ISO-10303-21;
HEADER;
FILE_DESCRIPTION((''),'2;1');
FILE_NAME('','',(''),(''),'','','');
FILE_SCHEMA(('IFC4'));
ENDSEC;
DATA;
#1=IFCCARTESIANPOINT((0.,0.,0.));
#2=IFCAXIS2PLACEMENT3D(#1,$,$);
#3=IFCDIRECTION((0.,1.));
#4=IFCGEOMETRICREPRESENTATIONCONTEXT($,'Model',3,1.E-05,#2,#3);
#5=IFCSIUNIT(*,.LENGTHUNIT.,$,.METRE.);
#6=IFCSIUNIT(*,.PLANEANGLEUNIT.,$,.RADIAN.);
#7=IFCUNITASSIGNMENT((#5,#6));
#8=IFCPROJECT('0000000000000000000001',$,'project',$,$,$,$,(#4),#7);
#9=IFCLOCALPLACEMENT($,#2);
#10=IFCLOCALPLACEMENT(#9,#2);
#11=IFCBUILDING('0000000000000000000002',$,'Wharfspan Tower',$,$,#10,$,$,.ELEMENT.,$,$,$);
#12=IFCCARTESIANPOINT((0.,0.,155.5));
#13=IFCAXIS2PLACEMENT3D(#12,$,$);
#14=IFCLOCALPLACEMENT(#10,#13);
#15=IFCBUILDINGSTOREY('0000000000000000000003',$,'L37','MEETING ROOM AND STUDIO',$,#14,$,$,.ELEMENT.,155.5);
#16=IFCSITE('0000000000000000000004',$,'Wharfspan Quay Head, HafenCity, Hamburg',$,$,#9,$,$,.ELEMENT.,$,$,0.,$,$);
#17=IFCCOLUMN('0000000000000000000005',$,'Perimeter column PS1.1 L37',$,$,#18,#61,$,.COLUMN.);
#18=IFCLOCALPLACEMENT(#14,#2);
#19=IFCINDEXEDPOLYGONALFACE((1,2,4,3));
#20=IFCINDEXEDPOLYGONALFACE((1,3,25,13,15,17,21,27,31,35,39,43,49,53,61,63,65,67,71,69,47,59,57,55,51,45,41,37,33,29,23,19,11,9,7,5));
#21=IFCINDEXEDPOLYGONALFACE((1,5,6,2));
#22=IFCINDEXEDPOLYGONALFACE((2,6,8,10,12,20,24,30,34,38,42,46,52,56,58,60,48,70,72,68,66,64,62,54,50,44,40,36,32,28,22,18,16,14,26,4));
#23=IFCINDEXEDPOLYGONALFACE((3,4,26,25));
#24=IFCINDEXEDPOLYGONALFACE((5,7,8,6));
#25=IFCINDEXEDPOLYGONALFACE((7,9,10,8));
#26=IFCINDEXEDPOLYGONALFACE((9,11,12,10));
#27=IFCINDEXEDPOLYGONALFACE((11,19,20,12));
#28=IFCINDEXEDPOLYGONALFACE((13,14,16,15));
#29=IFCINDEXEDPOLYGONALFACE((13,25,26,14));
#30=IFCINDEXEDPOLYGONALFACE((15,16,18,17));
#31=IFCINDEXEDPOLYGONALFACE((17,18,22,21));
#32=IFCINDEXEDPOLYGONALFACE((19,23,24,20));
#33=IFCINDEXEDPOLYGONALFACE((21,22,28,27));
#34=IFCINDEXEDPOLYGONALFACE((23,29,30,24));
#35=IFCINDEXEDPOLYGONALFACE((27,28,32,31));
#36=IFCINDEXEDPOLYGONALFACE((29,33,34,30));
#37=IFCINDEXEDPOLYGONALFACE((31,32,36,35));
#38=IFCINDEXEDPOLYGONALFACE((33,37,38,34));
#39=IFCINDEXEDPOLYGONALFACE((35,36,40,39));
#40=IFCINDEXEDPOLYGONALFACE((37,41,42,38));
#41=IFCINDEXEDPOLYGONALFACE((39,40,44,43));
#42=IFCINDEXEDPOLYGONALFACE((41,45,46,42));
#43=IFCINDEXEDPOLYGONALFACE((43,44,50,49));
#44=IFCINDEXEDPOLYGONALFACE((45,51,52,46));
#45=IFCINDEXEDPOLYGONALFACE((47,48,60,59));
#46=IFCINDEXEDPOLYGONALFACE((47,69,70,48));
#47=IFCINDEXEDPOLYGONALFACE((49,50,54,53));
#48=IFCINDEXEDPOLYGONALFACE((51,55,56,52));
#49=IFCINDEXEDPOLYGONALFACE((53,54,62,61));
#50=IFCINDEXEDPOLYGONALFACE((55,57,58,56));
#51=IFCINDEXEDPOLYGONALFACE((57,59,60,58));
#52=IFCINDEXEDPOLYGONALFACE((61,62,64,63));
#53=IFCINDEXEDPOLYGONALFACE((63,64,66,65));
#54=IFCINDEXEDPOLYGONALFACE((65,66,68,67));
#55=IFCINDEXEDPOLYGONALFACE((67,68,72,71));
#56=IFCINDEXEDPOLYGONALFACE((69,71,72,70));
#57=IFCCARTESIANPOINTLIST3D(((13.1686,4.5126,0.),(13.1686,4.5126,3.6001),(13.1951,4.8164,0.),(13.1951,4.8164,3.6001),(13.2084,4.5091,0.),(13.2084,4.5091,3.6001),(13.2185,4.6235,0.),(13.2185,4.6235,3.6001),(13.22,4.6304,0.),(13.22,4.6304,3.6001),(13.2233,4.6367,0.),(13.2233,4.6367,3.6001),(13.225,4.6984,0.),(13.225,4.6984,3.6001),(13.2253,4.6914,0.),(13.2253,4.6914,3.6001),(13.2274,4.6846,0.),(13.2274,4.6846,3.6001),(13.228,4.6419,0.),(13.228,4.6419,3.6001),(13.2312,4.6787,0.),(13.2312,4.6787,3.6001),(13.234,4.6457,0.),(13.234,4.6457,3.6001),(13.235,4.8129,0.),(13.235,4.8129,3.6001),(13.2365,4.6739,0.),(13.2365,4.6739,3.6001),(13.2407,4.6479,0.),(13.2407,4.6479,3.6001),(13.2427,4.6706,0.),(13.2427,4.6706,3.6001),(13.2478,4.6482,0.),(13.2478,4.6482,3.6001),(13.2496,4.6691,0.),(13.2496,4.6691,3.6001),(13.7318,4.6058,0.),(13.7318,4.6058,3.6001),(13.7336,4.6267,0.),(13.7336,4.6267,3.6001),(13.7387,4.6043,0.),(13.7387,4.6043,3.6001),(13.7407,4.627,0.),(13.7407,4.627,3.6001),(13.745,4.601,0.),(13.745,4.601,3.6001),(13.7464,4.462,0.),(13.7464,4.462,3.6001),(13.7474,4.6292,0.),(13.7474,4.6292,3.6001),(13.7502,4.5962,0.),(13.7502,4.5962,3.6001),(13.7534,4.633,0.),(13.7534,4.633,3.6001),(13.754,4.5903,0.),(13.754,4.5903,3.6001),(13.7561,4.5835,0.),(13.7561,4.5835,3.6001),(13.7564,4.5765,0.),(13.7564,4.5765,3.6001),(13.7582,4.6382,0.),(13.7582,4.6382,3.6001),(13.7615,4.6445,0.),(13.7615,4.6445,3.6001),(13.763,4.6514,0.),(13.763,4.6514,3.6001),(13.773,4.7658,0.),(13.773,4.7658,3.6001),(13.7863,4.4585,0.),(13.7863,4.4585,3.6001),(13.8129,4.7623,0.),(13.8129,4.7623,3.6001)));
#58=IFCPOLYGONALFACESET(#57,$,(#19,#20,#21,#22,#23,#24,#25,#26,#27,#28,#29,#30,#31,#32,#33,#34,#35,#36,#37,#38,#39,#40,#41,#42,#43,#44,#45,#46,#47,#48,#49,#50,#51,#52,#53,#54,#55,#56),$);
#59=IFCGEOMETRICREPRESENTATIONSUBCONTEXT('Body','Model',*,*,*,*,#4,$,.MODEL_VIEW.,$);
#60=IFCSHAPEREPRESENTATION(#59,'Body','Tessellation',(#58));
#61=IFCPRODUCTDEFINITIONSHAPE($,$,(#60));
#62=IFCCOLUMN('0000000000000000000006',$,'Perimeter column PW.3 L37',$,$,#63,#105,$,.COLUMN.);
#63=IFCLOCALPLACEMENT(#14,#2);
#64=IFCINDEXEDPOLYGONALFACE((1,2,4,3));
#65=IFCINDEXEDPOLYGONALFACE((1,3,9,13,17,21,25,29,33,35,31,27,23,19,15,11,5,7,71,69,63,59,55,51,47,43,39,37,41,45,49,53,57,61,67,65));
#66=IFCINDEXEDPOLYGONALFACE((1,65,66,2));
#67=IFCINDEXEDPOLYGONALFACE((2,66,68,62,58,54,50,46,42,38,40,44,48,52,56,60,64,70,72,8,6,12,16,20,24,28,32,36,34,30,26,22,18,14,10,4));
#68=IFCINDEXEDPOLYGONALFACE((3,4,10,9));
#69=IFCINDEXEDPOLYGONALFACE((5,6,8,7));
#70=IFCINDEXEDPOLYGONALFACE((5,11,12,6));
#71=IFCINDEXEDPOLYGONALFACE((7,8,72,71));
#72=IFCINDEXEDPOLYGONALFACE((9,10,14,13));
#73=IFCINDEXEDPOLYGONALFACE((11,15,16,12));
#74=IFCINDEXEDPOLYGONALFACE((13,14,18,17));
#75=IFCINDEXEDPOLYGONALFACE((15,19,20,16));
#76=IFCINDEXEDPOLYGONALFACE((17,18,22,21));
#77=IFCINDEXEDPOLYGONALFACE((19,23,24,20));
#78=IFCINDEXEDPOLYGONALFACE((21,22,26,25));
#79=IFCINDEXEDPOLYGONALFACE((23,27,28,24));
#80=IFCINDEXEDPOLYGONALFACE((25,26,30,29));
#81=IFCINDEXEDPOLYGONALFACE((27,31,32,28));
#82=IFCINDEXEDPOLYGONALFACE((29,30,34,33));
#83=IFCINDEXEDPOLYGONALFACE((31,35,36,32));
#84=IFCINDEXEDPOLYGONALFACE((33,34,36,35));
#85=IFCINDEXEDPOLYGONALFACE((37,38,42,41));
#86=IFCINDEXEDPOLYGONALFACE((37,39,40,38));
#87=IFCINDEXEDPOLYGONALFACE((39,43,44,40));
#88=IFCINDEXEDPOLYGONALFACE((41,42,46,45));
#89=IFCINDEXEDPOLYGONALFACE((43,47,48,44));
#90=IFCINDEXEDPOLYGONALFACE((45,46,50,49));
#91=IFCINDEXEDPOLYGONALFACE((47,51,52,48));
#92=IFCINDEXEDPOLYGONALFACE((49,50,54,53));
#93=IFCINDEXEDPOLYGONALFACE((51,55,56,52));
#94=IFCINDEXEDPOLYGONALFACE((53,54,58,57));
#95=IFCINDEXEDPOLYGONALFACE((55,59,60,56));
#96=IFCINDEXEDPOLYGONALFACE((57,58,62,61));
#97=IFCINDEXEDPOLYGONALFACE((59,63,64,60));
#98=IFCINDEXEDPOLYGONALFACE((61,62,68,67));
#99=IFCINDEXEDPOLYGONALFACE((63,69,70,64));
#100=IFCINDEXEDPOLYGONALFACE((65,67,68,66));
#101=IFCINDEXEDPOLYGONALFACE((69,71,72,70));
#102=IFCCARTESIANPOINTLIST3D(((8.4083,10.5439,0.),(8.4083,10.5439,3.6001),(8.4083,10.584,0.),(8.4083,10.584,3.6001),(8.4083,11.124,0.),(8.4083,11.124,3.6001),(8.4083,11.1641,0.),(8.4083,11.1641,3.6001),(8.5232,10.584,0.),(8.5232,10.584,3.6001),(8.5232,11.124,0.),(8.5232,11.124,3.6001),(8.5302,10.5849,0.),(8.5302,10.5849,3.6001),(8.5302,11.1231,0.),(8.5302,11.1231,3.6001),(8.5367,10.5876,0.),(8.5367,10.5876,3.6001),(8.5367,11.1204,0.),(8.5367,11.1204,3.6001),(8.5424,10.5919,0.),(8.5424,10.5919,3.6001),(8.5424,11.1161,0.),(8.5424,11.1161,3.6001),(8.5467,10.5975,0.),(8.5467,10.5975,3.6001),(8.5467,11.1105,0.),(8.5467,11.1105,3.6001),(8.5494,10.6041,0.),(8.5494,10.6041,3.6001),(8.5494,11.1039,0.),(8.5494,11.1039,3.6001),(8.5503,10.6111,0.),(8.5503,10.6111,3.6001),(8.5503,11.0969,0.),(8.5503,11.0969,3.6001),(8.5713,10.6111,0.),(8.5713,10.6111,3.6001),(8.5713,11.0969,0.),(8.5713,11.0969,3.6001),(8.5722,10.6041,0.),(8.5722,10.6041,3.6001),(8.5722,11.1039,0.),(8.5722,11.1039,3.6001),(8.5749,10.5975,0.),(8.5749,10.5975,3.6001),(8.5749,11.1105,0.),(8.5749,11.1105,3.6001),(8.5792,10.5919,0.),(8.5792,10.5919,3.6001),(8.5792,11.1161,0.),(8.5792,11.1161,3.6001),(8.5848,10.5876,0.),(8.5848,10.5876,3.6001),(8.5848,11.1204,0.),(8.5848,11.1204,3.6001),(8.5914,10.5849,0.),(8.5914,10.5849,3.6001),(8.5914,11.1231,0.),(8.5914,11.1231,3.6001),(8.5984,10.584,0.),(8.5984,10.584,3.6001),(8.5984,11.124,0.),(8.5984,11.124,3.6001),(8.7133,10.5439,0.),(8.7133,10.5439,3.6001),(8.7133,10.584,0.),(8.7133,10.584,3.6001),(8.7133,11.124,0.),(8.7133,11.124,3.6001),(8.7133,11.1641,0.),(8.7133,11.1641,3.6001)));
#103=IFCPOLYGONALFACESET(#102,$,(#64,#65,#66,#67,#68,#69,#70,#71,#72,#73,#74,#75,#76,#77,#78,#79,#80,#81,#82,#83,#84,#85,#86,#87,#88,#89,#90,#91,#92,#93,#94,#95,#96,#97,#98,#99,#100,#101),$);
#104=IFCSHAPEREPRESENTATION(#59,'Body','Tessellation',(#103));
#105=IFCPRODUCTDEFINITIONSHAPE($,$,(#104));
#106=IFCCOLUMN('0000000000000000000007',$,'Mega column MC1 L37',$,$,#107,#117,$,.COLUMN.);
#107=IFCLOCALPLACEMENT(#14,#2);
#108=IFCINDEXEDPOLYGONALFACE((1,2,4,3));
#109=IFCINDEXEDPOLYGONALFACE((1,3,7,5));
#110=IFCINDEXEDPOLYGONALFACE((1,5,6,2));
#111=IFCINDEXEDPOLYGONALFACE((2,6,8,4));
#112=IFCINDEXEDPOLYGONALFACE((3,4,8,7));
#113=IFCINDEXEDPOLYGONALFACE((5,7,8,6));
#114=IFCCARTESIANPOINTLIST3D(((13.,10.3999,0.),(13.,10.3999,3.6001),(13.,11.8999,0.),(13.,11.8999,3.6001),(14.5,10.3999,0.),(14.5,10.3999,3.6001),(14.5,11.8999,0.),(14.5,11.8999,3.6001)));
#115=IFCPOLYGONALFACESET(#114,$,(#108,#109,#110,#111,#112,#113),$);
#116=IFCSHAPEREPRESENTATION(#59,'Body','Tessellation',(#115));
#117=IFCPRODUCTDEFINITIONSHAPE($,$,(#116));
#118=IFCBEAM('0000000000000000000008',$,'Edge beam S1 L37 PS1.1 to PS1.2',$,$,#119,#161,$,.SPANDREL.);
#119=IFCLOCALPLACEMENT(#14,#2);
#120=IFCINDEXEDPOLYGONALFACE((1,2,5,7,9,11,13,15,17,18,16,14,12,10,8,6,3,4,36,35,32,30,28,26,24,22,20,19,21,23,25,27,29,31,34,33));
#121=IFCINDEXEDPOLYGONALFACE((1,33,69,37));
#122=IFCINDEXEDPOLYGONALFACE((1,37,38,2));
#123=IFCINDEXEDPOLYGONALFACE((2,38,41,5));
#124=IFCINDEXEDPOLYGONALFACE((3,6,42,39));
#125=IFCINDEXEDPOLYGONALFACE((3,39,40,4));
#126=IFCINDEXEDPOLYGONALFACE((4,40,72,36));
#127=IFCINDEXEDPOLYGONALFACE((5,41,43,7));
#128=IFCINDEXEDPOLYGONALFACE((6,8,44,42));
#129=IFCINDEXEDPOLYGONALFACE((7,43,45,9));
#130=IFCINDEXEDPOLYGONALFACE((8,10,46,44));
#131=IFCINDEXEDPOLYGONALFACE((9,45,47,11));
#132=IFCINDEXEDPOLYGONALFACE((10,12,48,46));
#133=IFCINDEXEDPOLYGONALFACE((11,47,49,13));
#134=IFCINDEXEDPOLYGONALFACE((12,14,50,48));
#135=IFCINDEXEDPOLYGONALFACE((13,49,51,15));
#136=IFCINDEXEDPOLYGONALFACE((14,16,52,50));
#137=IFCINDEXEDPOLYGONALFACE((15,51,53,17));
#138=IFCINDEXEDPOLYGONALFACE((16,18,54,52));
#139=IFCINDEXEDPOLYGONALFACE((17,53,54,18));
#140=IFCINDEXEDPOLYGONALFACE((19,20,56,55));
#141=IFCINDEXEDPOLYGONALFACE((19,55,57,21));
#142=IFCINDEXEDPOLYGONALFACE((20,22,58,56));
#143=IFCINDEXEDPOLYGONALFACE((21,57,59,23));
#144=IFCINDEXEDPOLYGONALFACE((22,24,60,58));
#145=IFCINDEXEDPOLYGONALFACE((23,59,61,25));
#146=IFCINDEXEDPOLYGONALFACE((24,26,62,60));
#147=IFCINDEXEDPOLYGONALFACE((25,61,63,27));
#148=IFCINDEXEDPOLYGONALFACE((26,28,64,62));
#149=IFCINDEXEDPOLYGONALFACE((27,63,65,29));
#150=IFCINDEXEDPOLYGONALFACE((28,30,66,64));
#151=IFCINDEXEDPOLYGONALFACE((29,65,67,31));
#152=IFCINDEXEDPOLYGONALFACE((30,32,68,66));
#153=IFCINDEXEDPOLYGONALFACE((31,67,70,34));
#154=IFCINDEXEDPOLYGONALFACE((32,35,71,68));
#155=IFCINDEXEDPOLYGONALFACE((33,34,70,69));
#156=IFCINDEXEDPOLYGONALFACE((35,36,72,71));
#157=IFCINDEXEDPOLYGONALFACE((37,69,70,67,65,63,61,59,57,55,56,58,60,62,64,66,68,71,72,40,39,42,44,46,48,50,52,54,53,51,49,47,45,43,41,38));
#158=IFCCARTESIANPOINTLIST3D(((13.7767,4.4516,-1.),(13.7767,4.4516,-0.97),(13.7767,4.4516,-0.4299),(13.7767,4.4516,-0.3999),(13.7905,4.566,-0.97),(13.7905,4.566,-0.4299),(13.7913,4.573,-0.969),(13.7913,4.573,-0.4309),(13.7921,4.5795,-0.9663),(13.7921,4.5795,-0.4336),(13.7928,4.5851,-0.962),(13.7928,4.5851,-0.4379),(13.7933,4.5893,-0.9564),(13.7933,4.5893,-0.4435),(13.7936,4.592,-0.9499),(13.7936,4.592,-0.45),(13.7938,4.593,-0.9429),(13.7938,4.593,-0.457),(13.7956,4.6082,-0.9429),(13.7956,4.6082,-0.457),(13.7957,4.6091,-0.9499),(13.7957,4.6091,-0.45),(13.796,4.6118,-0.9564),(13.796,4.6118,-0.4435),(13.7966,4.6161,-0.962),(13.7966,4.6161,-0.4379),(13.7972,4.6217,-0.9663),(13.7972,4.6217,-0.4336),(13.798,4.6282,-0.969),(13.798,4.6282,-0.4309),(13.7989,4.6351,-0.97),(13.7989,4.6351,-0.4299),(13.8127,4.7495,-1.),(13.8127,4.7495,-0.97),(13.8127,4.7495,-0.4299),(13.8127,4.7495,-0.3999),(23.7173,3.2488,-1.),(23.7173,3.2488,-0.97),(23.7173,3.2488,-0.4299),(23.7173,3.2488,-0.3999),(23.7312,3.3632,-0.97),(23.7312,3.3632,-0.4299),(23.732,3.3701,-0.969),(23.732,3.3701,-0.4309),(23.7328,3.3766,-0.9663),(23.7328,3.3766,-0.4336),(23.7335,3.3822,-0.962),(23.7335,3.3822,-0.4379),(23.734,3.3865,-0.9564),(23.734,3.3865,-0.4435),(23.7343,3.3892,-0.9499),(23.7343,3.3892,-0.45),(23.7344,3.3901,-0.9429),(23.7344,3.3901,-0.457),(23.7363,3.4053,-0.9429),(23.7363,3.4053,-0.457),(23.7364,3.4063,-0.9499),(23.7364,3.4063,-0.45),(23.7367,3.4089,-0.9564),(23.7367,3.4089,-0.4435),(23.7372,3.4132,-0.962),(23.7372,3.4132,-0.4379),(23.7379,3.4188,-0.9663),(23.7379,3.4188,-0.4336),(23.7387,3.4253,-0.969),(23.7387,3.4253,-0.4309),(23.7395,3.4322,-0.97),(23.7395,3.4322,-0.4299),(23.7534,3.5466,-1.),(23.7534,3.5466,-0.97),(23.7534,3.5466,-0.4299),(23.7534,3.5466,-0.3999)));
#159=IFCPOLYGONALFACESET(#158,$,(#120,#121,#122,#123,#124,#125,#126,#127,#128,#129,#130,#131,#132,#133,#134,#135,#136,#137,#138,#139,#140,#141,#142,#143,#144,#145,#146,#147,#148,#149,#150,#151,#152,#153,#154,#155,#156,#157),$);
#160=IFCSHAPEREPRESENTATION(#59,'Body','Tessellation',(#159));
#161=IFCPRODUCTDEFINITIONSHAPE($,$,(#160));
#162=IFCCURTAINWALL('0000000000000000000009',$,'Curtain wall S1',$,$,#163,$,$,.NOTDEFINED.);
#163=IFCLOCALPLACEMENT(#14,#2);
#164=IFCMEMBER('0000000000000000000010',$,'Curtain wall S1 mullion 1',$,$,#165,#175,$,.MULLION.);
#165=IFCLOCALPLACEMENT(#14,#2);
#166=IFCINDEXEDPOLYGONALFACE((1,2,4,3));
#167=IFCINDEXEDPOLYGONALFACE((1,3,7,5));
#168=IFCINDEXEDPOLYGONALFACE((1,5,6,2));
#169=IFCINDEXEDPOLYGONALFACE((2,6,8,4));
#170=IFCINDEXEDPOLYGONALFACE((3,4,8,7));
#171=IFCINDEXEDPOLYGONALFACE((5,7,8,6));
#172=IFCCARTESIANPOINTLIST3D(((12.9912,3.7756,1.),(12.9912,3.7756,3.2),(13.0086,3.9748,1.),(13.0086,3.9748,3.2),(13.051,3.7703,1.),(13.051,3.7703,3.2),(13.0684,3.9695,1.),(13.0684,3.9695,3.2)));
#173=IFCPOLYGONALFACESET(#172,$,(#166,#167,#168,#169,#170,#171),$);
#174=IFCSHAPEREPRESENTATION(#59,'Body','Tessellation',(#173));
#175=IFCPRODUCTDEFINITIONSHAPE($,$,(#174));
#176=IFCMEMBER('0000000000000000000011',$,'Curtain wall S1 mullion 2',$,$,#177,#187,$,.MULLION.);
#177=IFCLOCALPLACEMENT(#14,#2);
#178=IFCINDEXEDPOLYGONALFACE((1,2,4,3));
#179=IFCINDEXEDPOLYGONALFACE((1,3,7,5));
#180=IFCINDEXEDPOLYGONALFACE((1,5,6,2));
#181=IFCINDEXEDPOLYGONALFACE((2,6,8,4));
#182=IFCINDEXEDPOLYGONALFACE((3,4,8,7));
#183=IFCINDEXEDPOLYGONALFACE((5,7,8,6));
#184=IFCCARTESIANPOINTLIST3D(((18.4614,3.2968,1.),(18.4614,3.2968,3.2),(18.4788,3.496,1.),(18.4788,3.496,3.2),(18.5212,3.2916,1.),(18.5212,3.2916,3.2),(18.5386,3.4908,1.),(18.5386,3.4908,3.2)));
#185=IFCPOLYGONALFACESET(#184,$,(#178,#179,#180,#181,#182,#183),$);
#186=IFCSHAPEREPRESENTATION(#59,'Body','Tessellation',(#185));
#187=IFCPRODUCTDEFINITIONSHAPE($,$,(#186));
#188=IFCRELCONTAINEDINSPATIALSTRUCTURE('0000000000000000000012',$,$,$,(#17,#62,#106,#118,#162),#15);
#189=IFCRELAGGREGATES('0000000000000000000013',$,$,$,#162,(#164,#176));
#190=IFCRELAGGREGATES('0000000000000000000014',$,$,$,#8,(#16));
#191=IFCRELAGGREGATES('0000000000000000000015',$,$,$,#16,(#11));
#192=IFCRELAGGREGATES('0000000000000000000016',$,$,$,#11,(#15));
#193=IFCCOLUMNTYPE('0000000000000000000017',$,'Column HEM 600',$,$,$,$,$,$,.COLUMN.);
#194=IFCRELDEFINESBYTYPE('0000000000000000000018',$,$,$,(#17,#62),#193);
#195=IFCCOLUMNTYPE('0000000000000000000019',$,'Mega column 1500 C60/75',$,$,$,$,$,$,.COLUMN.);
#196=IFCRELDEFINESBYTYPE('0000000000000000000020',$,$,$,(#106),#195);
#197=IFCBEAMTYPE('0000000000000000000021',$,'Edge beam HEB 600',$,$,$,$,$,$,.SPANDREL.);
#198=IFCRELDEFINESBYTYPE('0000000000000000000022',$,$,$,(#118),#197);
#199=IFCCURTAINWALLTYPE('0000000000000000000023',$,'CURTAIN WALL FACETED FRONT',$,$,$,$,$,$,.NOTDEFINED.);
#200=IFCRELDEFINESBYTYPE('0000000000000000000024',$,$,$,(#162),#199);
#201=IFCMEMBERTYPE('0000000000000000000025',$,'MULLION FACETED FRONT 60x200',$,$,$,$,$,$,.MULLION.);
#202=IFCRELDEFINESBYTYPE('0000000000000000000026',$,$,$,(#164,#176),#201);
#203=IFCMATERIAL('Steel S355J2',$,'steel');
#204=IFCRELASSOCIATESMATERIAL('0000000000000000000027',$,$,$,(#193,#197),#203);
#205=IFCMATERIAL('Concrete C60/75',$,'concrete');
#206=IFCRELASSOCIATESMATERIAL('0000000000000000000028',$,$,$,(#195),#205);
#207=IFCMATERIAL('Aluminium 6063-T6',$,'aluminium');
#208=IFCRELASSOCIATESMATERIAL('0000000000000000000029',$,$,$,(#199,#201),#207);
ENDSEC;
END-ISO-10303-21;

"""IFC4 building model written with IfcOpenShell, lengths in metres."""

from ifc_helpers import new_model, si_unit, direction, frame, origin, origin_2d, place, context, subcontext, project, spatial, rectangle, i_section, extrude, material, material_profile, profile_set, type_object, element, aggregate, save


model = new_model("IFC4")

# Units and contexts
model_context = context("Model", 3, precision=1e-05, world=origin(), true_north=direction((0.0, 1.0)))
body_context = subcontext(model_context, "Body", "Model", "MODEL_VIEW")
ifc_project = project(units=[si_unit("LENGTHUNIT", "METRE"), si_unit("PLANEANGLEUNIT", "RADIAN")], contexts=[model_context])

# Site, building, storey
site_placement = place(None, origin())
site = spatial("IfcSite", under=ifc_project, at=site_placement, Name="Wharfspan Quay Head, HafenCity, Hamburg", CompositionType="ELEMENT", RefElevation=0.0)
building_placement = place(site_placement, origin())
building = spatial("IfcBuilding", under=site, at=building_placement, Name="Wharfspan Tower", CompositionType="ELEMENT")
storey_placement = place(building_placement, frame((0.0, 0.0, 155.5)))
storey = spatial("IfcBuildingStorey", under=building, at=storey_placement, Name="L37", Description="MEETING ROOM AND STUDIO", CompositionType="ELEMENT", Elevation=155.5)

# Columns
ifc_material_1 = material(Name="Steel S355J2", Category="steel")
ifc_material_profile_1 = material_profile(ifc_material_1, i_section(OverallWidth=0.3049, OverallDepth=0.6201, WebThickness=0.021, FlangeThickness=0.04, FilletRadius=0.0271, at=origin_2d()))
ifc_profile_set_1 = profile_set([ifc_material_profile_1], Name="Steel S355J2")
column_type_1 = type_object("IfcColumnType", Name="Column HEM 600", PredefinedType="COLUMN", material=ifc_profile_set_1)
for number, where, z_axis, x_axis, name in (
    (1, (13.4907, 4.6375, 0.0), (0.0, 0.0, 1.0), (-0.087156, -0.996198, 0.0), "Perimeter column PS1.1 L37"),
    (2, (8.5608, 10.854, 0.0), (0.0, 0.0, 1.0), (-1.0, 0.0, 0.0), "Perimeter column PW.3 L37"),
):
    element("IfcColumn", number, at=place(storey_placement, frame(where, z_axis=z_axis, x_axis=x_axis)), inside=storey, type_object=column_type_1, Name=name, PredefinedType="COLUMN", context=body_context, shape_type="SweptSolid", body=[
        extrude(i_section(OverallWidth=0.3049, OverallDepth=0.6201, WebThickness=0.021, FlangeThickness=0.04, FilletRadius=0.0271, at=origin_2d()), origin(), (0.0, 0.0, 1.0), 3.6001),
    ])
ifc_material_2 = material(Name="Concrete C60/75", Category="concrete")
ifc_material_profile_2 = material_profile(ifc_material_2, rectangle(XDim=1.5, YDim=1.5, at=origin_2d()))
ifc_profile_set_2 = profile_set([ifc_material_profile_2], Name="Concrete C60/75")
column_type_2 = type_object("IfcColumnType", Name="Mega column 1500 C60/75", PredefinedType="COLUMN", material=ifc_profile_set_2)
column_placement = place(storey_placement, frame((13.75, 11.1499, 0.0), z_axis=(0.0, 0.0, 1.0), x_axis=(1.0, 0.0, 0.0)))
element("IfcColumn", 3, at=column_placement, inside=storey, type_object=column_type_2, Name="Mega column MC1 L37", PredefinedType="COLUMN", context=body_context, shape_type="SweptSolid", body=[
    extrude(rectangle(XDim=1.5, YDim=1.5, at=origin_2d()), origin(), (0.0, 0.0, 1.0), 3.6001),
])

# Beam
ifc_material_profile_3 = material_profile(ifc_material_1, i_section(OverallWidth=0.3, OverallDepth=0.6001, WebThickness=0.0154, FlangeThickness=0.03, FilletRadius=0.0271, at=origin_2d()))
ifc_profile_set_3 = profile_set([ifc_material_profile_3], Name="Steel S355J2")
beam_type = type_object("IfcBeamType", Name="Edge beam HEB 600", PredefinedType="SPANDREL", material=ifc_profile_set_3)
beam_placement = place(storey_placement, frame((13.7947, 4.6006, -0.7), z_axis=(0.992758, -0.12013, 0.0), x_axis=(0.12013, 0.992758, 0.0)))
element("IfcBeam", 4, at=beam_placement, inside=storey, type_object=beam_type, Name="Edge beam S1 L37 PS1.1 to PS1.2", PredefinedType="SPANDREL", context=body_context, shape_type="SweptSolid", body=[
    extrude(i_section(OverallWidth=0.3, OverallDepth=0.6001, WebThickness=0.0154, FlangeThickness=0.03, FilletRadius=0.0271, at=origin_2d()), origin(), (0.0, 0.0, 1.0), 10.0132),
])

# Curtain wall, members
ifc_material_3 = material(Name="Aluminium 6063-T6", Category="aluminium")
curtain_wall_type_1 = type_object("IfcCurtainWallType", Name="CURTAIN WALL FACETED FRONT", PredefinedType="NOTDEFINED", material=ifc_material_3)
curtain_wall_1_placement = place(storey_placement, origin())
curtain_wall_1 = element("IfcCurtainWall", 5, at=curtain_wall_1_placement, inside=storey, type_object=curtain_wall_type_1, Name="Curtain wall S1", PredefinedType="NOTDEFINED")
ifc_material_profile_4 = material_profile(ifc_material_3, rectangle(XDim=0.2, YDim=0.0601, at=origin_2d()))
ifc_profile_set_4 = profile_set([ifc_material_profile_4], Name="Aluminium 6063-T6")
member_type_1 = type_object("IfcMemberType", Name="MULLION FACETED FRONT 60x200", PredefinedType="MULLION", material=ifc_profile_set_4)
member_1_placement = place(storey_placement, frame((13.0298, 3.8726, 1.0), z_axis=(0.0, 0.0, 1.0), x_axis=(0.087156, 0.996198, 0.0)))
member_1 = element("IfcMember", 6, at=member_1_placement, type_object=member_type_1, Name="Curtain wall S1 mullion 1", PredefinedType="MULLION", context=body_context, shape_type="SweptSolid", body=[
    extrude(rectangle(XDim=0.2, YDim=0.0601, at=origin_2d()), origin(), (0.0, 0.0, 1.0), 2.2),
])
member_2_placement = place(storey_placement, frame((18.5, 3.3938, 1.0), z_axis=(0.0, 0.0, 1.0), x_axis=(0.087156, 0.996198, 0.0)))
member_2 = element("IfcMember", 7, at=member_2_placement, type_object=member_type_1, Name="Curtain wall S1 mullion 2", PredefinedType="MULLION", context=body_context, shape_type="SweptSolid", body=[
    extrude(rectangle(XDim=0.2, YDim=0.0601, at=origin_2d()), origin(), (0.0, 0.0, 1.0), 2.2),
])

aggregate(curtain_wall_1, [member_1, member_2])

save(model, "model.ifc")
